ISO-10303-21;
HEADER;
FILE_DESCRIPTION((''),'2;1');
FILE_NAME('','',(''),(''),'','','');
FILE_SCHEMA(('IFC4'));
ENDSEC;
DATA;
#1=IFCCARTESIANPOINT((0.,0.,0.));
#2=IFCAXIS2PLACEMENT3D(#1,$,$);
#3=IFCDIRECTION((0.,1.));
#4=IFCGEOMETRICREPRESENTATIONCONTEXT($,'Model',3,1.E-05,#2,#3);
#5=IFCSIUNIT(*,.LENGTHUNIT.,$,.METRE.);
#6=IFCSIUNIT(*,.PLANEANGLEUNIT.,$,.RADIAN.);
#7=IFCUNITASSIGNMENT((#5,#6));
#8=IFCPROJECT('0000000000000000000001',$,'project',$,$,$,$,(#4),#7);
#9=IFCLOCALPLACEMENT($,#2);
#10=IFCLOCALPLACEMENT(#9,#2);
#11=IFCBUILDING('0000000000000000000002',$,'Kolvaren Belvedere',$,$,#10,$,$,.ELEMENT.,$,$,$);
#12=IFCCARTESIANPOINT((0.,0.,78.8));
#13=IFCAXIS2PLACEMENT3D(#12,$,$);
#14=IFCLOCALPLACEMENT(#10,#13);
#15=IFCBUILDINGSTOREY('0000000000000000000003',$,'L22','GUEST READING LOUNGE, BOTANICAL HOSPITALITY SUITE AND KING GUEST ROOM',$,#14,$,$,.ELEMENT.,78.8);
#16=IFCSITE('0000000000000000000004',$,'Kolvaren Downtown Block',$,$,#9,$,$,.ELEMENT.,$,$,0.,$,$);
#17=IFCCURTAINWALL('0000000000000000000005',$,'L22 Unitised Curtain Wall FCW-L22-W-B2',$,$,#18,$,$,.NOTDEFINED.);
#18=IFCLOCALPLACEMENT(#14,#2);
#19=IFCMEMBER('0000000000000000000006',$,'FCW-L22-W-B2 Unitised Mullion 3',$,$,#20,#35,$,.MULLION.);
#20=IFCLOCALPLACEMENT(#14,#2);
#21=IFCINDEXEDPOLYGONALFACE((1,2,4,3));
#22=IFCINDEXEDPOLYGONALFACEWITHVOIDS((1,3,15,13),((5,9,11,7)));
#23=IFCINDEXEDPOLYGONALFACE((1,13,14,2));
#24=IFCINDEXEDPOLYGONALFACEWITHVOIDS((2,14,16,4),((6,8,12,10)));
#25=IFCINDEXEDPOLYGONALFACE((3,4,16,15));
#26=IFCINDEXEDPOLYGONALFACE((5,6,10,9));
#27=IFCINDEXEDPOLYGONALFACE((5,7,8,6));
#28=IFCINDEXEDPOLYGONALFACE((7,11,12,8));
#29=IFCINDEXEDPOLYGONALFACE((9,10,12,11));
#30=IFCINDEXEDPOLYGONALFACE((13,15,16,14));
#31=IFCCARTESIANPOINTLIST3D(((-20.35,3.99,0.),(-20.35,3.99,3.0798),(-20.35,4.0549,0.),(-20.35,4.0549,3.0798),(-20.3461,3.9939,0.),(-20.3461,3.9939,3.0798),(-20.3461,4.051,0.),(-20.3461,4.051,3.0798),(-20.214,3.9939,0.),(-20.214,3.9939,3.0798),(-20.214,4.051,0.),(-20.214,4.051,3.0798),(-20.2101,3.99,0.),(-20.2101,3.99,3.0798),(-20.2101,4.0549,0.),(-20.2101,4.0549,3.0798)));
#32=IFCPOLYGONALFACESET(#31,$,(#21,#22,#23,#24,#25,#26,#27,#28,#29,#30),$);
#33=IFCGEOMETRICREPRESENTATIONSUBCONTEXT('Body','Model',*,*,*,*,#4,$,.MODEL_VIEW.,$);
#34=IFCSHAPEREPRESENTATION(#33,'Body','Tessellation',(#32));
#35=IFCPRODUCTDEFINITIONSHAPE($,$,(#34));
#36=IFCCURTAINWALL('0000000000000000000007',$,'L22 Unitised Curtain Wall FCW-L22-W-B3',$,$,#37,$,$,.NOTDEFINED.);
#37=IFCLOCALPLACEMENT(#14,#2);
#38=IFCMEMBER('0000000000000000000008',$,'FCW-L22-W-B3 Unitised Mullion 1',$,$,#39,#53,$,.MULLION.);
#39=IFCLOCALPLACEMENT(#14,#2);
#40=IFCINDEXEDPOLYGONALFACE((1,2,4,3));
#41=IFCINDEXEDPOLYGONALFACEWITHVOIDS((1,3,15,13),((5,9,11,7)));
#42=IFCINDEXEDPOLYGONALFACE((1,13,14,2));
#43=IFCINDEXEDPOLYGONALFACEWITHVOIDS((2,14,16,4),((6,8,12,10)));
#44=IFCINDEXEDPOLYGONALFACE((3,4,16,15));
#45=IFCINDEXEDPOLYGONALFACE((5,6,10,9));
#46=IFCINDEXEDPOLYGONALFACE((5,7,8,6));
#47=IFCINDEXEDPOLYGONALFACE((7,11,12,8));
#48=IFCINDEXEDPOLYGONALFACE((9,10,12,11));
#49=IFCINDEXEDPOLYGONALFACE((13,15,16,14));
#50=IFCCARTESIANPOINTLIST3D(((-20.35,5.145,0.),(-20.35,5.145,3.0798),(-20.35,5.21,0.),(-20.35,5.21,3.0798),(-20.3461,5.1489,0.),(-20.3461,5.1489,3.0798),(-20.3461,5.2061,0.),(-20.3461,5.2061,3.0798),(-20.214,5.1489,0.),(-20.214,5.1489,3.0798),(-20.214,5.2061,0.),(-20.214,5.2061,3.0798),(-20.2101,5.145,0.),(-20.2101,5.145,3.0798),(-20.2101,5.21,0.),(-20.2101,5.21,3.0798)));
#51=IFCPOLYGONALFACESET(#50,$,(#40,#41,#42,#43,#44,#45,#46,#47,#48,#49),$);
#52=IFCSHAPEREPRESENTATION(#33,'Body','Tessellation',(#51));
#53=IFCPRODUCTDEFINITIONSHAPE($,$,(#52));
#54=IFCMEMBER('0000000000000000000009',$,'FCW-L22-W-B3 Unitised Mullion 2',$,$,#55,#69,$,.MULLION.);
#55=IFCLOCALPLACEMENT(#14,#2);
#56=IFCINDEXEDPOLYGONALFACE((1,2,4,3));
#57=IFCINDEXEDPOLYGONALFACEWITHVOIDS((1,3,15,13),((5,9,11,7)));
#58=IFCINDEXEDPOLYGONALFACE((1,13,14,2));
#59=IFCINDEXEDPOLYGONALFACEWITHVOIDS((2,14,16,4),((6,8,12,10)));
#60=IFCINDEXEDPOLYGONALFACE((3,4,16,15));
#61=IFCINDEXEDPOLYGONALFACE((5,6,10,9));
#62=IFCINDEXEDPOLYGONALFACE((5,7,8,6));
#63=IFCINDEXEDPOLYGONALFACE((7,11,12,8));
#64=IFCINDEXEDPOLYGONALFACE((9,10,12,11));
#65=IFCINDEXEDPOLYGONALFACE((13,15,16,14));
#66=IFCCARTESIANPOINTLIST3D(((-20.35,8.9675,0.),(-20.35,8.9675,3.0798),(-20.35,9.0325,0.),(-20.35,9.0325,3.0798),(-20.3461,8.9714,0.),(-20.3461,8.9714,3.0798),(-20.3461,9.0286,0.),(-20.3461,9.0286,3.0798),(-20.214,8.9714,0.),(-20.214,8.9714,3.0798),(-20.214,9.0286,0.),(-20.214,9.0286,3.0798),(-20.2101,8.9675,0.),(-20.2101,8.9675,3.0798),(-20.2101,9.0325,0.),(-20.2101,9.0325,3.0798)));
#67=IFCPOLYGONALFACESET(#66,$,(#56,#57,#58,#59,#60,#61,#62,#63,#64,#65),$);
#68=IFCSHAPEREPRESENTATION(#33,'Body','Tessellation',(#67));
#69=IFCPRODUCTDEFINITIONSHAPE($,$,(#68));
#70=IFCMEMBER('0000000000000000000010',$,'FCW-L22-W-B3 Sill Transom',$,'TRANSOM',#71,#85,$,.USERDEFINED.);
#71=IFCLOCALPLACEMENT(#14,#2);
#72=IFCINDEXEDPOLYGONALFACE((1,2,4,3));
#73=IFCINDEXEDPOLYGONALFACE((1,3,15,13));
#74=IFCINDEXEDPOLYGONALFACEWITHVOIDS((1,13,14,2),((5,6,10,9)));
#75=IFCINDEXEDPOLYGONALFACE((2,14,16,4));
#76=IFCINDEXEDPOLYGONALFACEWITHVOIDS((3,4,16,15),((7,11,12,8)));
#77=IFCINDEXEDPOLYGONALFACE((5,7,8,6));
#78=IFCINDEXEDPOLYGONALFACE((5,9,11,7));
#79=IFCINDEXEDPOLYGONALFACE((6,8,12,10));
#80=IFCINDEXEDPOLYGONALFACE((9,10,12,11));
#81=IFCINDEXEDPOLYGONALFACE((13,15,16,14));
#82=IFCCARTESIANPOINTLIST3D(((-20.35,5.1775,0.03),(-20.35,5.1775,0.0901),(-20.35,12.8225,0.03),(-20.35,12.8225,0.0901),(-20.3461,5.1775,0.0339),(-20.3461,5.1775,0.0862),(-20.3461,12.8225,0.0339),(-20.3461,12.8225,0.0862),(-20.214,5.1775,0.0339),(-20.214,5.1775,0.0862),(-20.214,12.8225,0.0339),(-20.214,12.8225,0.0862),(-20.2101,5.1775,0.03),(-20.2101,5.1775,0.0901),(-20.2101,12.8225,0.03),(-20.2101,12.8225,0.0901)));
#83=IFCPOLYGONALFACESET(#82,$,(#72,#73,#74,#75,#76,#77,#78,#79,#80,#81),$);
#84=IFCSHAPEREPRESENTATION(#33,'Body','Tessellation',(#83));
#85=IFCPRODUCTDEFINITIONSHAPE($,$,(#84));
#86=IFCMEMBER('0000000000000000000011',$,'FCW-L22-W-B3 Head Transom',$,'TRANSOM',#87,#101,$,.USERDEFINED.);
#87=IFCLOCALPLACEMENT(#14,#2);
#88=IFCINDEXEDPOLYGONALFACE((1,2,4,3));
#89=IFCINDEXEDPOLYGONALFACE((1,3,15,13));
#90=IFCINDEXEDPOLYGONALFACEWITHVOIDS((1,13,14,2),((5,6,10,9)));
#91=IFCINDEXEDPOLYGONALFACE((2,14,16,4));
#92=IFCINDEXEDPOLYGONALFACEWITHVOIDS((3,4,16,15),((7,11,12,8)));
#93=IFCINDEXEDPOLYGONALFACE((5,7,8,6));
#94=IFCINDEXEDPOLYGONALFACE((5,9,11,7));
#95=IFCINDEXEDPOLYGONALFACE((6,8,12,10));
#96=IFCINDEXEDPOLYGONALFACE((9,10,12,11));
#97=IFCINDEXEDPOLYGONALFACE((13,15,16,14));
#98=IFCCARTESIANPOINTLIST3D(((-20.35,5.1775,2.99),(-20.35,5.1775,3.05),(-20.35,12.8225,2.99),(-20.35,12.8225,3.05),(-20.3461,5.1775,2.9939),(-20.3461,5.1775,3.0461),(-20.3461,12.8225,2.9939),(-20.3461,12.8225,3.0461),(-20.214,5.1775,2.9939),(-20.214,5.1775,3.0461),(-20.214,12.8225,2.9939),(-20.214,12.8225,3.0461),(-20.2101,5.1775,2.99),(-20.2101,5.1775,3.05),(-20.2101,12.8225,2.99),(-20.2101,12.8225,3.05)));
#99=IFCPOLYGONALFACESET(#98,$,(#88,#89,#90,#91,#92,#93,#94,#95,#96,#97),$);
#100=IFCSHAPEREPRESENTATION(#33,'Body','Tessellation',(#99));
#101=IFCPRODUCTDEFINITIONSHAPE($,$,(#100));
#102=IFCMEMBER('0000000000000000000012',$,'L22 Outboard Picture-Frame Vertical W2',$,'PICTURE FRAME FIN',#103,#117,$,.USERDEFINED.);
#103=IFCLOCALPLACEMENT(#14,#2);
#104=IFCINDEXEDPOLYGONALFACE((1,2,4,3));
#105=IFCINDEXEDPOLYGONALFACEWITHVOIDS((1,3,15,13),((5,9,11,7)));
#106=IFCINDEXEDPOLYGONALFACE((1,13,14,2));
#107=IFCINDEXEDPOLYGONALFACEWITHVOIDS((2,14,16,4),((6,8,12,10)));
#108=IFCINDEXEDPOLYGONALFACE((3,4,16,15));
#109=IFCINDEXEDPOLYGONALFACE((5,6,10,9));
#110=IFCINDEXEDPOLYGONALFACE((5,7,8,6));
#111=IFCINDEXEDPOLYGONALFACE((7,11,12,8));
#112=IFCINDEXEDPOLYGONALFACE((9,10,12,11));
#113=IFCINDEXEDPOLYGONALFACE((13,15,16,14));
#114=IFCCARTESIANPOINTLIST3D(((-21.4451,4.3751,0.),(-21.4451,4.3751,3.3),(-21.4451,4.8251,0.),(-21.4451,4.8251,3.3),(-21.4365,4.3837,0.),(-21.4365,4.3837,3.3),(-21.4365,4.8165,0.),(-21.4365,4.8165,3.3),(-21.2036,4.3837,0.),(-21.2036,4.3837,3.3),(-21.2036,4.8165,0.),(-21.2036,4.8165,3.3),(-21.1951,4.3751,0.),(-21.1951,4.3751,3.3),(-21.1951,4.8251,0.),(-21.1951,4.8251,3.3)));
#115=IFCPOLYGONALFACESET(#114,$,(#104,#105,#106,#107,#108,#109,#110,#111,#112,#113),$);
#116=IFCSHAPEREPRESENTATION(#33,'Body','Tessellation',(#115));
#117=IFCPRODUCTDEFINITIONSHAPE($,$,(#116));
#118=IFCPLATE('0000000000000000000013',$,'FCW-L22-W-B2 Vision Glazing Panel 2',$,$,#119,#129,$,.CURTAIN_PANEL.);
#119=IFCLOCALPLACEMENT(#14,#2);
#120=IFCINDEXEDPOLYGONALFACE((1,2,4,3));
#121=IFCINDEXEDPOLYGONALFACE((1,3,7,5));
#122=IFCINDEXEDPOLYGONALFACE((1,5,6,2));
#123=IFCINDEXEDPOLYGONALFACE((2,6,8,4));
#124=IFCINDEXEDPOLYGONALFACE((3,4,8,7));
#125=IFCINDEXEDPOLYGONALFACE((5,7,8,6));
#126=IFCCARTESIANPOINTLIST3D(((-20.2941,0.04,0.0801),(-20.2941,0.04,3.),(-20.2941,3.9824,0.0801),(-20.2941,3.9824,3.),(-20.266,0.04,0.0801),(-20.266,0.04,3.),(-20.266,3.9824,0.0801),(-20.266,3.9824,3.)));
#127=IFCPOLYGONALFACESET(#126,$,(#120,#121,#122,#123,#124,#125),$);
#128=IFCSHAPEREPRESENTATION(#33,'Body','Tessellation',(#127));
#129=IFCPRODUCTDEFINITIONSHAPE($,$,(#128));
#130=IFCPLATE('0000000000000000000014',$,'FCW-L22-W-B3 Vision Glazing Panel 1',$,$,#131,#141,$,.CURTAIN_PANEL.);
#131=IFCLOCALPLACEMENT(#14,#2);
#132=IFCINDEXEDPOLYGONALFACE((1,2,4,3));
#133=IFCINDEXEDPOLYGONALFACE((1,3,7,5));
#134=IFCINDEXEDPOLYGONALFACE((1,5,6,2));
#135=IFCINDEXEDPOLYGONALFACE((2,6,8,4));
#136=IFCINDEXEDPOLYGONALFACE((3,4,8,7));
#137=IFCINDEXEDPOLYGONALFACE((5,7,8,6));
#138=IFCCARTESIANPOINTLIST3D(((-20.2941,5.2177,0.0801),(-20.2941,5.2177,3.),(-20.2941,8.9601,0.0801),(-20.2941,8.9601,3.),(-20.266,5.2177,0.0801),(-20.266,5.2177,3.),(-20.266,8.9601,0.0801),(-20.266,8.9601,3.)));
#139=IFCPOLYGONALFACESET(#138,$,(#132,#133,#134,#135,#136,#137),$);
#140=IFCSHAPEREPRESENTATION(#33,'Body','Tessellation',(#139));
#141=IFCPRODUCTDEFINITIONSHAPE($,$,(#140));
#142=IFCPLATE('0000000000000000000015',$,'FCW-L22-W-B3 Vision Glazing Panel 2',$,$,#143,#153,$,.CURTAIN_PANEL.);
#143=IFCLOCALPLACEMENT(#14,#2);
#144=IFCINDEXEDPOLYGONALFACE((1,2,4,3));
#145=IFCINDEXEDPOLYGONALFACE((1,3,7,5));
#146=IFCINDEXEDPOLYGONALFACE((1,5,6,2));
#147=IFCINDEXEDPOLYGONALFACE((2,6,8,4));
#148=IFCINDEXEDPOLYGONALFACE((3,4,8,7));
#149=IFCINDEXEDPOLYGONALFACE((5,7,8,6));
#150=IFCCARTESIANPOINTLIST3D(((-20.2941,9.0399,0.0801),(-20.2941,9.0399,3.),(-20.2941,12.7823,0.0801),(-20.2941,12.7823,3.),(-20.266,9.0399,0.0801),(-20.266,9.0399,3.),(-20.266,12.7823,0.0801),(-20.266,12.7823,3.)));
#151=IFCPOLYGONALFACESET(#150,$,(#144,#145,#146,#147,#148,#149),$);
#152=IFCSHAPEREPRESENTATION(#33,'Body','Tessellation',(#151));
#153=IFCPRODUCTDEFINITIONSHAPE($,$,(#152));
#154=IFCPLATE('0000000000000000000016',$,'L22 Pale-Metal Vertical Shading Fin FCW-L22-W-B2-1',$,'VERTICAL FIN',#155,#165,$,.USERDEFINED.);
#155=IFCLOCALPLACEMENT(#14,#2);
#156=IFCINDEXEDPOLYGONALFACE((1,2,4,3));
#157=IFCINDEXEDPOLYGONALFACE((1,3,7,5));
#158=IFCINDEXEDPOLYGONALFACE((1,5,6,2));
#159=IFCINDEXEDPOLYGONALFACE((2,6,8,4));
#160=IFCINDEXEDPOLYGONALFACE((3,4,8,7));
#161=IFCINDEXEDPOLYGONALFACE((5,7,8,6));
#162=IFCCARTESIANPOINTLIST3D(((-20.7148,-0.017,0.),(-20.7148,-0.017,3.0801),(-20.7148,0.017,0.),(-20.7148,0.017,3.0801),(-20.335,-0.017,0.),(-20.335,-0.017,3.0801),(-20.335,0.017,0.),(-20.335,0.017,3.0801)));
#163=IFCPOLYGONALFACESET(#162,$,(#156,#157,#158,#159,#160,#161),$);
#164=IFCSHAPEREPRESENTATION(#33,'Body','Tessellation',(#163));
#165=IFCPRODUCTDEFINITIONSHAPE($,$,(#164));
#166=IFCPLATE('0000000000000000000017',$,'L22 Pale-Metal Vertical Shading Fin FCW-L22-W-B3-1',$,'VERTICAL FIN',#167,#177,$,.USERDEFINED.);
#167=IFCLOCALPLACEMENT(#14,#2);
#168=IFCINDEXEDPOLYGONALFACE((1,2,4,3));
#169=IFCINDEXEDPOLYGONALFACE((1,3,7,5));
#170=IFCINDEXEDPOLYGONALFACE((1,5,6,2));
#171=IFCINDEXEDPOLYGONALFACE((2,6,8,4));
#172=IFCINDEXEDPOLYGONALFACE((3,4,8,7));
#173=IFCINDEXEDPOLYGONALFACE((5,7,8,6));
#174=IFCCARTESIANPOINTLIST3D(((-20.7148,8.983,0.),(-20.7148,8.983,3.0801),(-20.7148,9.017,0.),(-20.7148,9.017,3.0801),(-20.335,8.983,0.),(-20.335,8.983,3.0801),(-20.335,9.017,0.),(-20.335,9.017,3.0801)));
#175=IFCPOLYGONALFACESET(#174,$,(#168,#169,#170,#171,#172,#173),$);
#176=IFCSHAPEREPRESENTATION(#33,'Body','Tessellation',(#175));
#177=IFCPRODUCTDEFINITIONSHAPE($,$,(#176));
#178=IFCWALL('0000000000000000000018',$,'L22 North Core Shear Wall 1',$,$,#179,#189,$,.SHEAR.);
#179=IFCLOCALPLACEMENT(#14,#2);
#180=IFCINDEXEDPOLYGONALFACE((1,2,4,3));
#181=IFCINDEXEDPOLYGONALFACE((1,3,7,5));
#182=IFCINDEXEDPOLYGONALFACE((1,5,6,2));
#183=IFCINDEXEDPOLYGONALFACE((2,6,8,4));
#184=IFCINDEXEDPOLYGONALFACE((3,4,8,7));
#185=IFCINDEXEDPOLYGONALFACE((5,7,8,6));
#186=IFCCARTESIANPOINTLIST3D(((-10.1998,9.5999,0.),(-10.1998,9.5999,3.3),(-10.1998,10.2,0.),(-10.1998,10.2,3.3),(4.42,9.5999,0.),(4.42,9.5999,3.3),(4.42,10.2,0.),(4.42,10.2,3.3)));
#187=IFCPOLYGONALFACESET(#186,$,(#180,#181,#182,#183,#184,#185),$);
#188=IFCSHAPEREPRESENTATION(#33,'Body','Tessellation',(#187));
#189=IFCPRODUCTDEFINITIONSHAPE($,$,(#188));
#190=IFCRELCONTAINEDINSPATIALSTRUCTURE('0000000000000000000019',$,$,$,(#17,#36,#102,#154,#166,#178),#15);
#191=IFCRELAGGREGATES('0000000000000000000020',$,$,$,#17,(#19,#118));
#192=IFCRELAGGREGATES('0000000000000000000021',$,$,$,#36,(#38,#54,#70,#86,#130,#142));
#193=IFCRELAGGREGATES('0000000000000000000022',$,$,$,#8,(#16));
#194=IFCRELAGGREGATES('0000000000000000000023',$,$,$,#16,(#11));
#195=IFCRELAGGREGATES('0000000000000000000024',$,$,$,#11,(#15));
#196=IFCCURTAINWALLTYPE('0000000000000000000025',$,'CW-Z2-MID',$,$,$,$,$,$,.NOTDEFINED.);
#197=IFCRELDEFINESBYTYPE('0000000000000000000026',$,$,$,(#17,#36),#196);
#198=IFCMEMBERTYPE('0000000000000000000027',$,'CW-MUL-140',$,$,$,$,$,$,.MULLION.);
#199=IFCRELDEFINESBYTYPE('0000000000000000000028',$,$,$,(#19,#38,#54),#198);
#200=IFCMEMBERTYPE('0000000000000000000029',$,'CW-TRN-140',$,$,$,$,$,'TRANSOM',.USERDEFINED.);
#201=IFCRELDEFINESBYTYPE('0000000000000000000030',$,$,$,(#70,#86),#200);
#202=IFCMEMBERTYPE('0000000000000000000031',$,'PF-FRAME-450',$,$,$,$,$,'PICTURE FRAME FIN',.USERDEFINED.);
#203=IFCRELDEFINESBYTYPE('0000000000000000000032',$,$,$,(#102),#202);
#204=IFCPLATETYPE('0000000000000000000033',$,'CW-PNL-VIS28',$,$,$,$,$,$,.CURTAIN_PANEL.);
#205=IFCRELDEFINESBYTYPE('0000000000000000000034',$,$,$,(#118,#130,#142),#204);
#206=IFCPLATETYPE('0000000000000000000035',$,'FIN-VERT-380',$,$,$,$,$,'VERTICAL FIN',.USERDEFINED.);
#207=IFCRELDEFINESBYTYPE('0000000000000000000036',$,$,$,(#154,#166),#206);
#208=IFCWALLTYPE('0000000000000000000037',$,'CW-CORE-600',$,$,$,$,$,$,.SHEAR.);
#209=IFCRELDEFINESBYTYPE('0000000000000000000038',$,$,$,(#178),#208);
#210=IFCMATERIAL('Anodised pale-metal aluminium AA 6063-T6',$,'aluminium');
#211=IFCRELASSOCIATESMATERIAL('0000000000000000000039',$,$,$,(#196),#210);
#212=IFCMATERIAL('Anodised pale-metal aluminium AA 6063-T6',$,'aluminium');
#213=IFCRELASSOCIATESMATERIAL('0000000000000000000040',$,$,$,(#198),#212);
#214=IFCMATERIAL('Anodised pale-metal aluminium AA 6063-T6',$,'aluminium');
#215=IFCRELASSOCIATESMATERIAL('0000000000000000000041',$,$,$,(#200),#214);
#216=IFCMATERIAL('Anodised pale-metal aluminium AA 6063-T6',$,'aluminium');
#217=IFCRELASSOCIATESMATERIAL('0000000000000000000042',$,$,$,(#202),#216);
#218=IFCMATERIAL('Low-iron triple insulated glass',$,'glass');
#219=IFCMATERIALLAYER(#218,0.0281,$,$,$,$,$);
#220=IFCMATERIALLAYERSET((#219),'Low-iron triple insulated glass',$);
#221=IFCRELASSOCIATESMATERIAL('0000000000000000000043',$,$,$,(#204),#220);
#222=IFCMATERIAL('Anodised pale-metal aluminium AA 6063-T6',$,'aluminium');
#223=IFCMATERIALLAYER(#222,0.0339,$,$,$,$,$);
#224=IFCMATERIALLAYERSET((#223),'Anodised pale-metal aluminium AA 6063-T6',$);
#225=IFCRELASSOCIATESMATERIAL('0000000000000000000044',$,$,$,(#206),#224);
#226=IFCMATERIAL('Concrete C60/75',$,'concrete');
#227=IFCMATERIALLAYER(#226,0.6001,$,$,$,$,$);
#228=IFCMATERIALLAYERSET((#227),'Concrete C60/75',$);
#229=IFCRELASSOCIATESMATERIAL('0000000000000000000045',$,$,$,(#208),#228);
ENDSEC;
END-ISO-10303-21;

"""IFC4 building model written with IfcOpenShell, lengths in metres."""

from ifc_helpers import new_model, si_unit, direction, frame, frame_2d, origin, origin_2d, place, context, subcontext, project, spatial, rectangle, hollow_rectangle, extrude, material, layer, layer_set, material_profile, profile_set, type_object, element, aggregate, save


model = new_model("IFC4")

# Units and contexts
model_context = context("Model", 3, precision=1e-05, world=origin(), true_north=direction((0.0, 1.0)))
body_context = subcontext(model_context, "Body", "Model", "MODEL_VIEW")
ifc_project = project(units=[si_unit("LENGTHUNIT", "METRE"), si_unit("PLANEANGLEUNIT", "RADIAN")], contexts=[model_context])

# Site, building, storey
site_placement = place(None, origin())
site = spatial("IfcSite", under=ifc_project, at=site_placement, Name="Kolvaren Downtown Block", CompositionType="ELEMENT", RefElevation=0.0)
building_placement = place(site_placement, origin())
building = spatial("IfcBuilding", under=site, at=building_placement, Name="Kolvaren Belvedere", CompositionType="ELEMENT")
storey_placement = place(building_placement, frame((0.0, 0.0, 78.8)))
storey = spatial("IfcBuildingStorey", under=building, at=storey_placement, Name="L22", Description="GUEST READING LOUNGE, BOTANICAL HOSPITALITY SUITE AND KING GUEST ROOM", CompositionType="ELEMENT", Elevation=78.8)

# Curtain walls, members
ifc_material_1 = material(Name="Anodised pale-metal aluminium AA 6063-T6", Category="aluminium")
curtain_wall_type = type_object("IfcCurtainWallType", Name="CW-Z2-MID", PredefinedType="NOTDEFINED", material=ifc_material_1)
curtain_wall_1_placement = place(storey_placement, origin())
curtain_wall_1 = element("IfcCurtainWall", 1, at=curtain_wall_1_placement, inside=storey, type_object=curtain_wall_type, Name="L22 Unitised Curtain Wall FCW-L22-W-B2", PredefinedType="NOTDEFINED")
ifc_material_2 = material(Name="Anodised pale-metal aluminium AA 6063-T6", Category="aluminium")
ifc_material_profile_1 = material_profile(ifc_material_2, hollow_rectangle(XDim=0.0649, YDim=0.1399, WallThickness=0.0039, at=origin_2d()), Name="ALU-MUL-140X65")
ifc_profile_set_1 = profile_set([ifc_material_profile_1], Name="Anodised pale-metal aluminium AA 6063-T6")
member_type_1 = type_object("IfcMemberType", Name="CW-MUL-140", PredefinedType="MULLION", material=ifc_profile_set_1)
member_1_placement = place(storey_placement, frame((-20.28, 4.0225, 0.0), z_axis=(0.0, 0.0, 1.0), x_axis=(0.0, 1.0, 0.0)))
member_1 = element("IfcMember", 2, at=member_1_placement, type_object=member_type_1, Name="FCW-L22-W-B2 Unitised Mullion 3", PredefinedType="MULLION", context=body_context, shape_type="SweptSolid", body=[
    extrude(hollow_rectangle(XDim=0.0649, YDim=0.1399, WallThickness=0.0039, at=origin_2d()), origin(), (0.0, 0.0, 1.0), 3.0798),
])
curtain_wall_2_placement = place(storey_placement, origin())
curtain_wall_2 = element("IfcCurtainWall", 3, at=curtain_wall_2_placement, inside=storey, type_object=curtain_wall_type, Name="L22 Unitised Curtain Wall FCW-L22-W-B3", PredefinedType="NOTDEFINED")
member_2_placement = place(storey_placement, frame((-20.28, 5.1775, 0.0), z_axis=(0.0, 0.0, 1.0), x_axis=(0.0, 1.0, 0.0)))
member_2 = element("IfcMember", 4, at=member_2_placement, type_object=member_type_1, Name="FCW-L22-W-B3 Unitised Mullion 1", PredefinedType="MULLION", context=body_context, shape_type="SweptSolid", body=[
    extrude(hollow_rectangle(XDim=0.0649, YDim=0.1399, WallThickness=0.0039, at=origin_2d()), origin(), (0.0, 0.0, 1.0), 3.0798),
])
member_3_placement = place(storey_placement, frame((-20.28, 9.0, 0.0), z_axis=(0.0, 0.0, 1.0), x_axis=(0.0, 1.0, 0.0)))
member_3 = element("IfcMember", 5, at=member_3_placement, type_object=member_type_1, Name="FCW-L22-W-B3 Unitised Mullion 2", PredefinedType="MULLION", context=body_context, shape_type="SweptSolid", body=[
    extrude(hollow_rectangle(XDim=0.0649, YDim=0.1399, WallThickness=0.0039, at=origin_2d()), origin(), (0.0, 0.0, 1.0), 3.0798),
])
ifc_material_3 = material(Name="Anodised pale-metal aluminium AA 6063-T6", Category="aluminium")
ifc_material_profile_2 = material_profile(ifc_material_3, hollow_rectangle(XDim=0.0601, YDim=0.1399, WallThickness=0.0039, at=origin_2d()), Name="ALU-TRN-140X60")
ifc_profile_set_2 = profile_set([ifc_material_profile_2], Name="Anodised pale-metal aluminium AA 6063-T6")
member_type_2 = type_object("IfcMemberType", Name="CW-TRN-140", ElementType="TRANSOM", PredefinedType="USERDEFINED", material=ifc_profile_set_2)
member_4_placement = place(storey_placement, frame((-20.28, 5.1775, 0.0601), z_axis=(0.0, 1.0, 0.0), x_axis=(0.0, 0.0, 1.0)))
member_4 = element("IfcMember", 6, at=member_4_placement, type_object=member_type_2, Name="FCW-L22-W-B3 Sill Transom", ObjectType="TRANSOM", PredefinedType="USERDEFINED", context=body_context, shape_type="SweptSolid", body=[
    extrude(hollow_rectangle(XDim=0.0601, YDim=0.1399, WallThickness=0.0039, at=origin_2d()), origin(), (0.0, 0.0, 1.0), 7.645),
])
member_5_placement = place(storey_placement, frame((-20.28, 5.1775, 3.02), z_axis=(0.0, 1.0, 0.0), x_axis=(0.0, 0.0, 1.0)))
member_5 = element("IfcMember", 7, at=member_5_placement, type_object=member_type_2, Name="FCW-L22-W-B3 Head Transom", ObjectType="TRANSOM", PredefinedType="USERDEFINED", context=body_context, shape_type="SweptSolid", body=[
    extrude(hollow_rectangle(XDim=0.0601, YDim=0.1399, WallThickness=0.0039, at=origin_2d()), origin(), (0.0, 0.0, 1.0), 7.645),
])

# Member
ifc_material_4 = material(Name="Anodised pale-metal aluminium AA 6063-T6", Category="aluminium")
ifc_material_profile_3 = material_profile(ifc_material_4, hollow_rectangle(XDim=0.25, YDim=0.45, WallThickness=0.0085, at=origin_2d()), Name="ALU-PF-450X250")
ifc_profile_set_3 = profile_set([ifc_material_profile_3], Name="Anodised pale-metal aluminium AA 6063-T6")
member_type_3 = type_object("IfcMemberType", Name="PF-FRAME-450", ElementType="PICTURE FRAME FIN", PredefinedType="USERDEFINED", material=ifc_profile_set_3)
member_6_placement = place(storey_placement, frame((-21.3201, 4.6001, 0.0), z_axis=(0.0, 0.0, 1.0), x_axis=(1.0, 0.0, 0.0)))
element("IfcMember", 8, at=member_6_placement, inside=storey, type_object=member_type_3, Name="L22 Outboard Picture-Frame Vertical W2", ObjectType="PICTURE FRAME FIN", PredefinedType="USERDEFINED", context=body_context, shape_type="SweptSolid", body=[
    extrude(hollow_rectangle(XDim=0.25, YDim=0.45, WallThickness=0.0085, at=origin_2d()), origin(), (0.0, 0.0, 1.0), 3.3),
])

# Plates
ifc_material_5 = material(Name="Low-iron triple insulated glass", Category="glass")
ifc_layer_1 = layer(ifc_material_5, 0.0281)
ifc_layer_set_1 = layer_set([ifc_layer_1], Name="Low-iron triple insulated glass")
plate_type_1 = type_object("IfcPlateType", Name="CW-PNL-VIS28", PredefinedType="CURTAIN_PANEL", material=ifc_layer_set_1)
plate_1_placement = place(storey_placement, frame((-20.28, 2.0112, 0.0801), z_axis=(0.0, 0.0, 1.0), x_axis=(0.0, 1.0, 0.0)))
plate_1 = element("IfcPlate", 9, at=plate_1_placement, type_object=plate_type_1, Name="FCW-L22-W-B2 Vision Glazing Panel 2", PredefinedType="CURTAIN_PANEL", context=body_context, shape_type="SweptSolid", body=[
    extrude(rectangle(XDim=3.9424, YDim=0.0281, at=origin_2d()), origin(), (0.0, 0.0, 1.0), 2.9199),
])
aggregate(curtain_wall_1, [member_1, plate_1])
plate_2_placement = place(storey_placement, frame((-20.28, 7.0889, 0.0801), z_axis=(0.0, 0.0, 1.0), x_axis=(0.0, 1.0, 0.0)))
plate_2 = element("IfcPlate", 10, at=plate_2_placement, type_object=plate_type_1, Name="FCW-L22-W-B3 Vision Glazing Panel 1", PredefinedType="CURTAIN_PANEL", context=body_context, shape_type="SweptSolid", body=[
    extrude(rectangle(XDim=3.7424, YDim=0.0281, at=origin_2d()), origin(), (0.0, 0.0, 1.0), 2.9199),
])
plate_3_placement = place(storey_placement, frame((-20.28, 10.9111, 0.0801), z_axis=(0.0, 0.0, 1.0), x_axis=(0.0, 1.0, 0.0)))
plate_3 = element("IfcPlate", 11, at=plate_3_placement, type_object=plate_type_1, Name="FCW-L22-W-B3 Vision Glazing Panel 2", PredefinedType="CURTAIN_PANEL", context=body_context, shape_type="SweptSolid", body=[
    extrude(rectangle(XDim=3.7424, YDim=0.0281, at=origin_2d()), origin(), (0.0, 0.0, 1.0), 2.9199),
])
aggregate(curtain_wall_2, [member_2, member_3, member_4, member_5, plate_2, plate_3])

# Plates
ifc_material_6 = material(Name="Anodised pale-metal aluminium AA 6063-T6", Category="aluminium")
ifc_layer_2 = layer(ifc_material_6, 0.0339)
ifc_layer_set_2 = layer_set([ifc_layer_2], Name="Anodised pale-metal aluminium AA 6063-T6")
plate_type_2 = type_object("IfcPlateType", Name="FIN-VERT-380", ElementType="VERTICAL FIN", PredefinedType="USERDEFINED", material=ifc_layer_set_2)
for number, where, z_axis, x_axis, name in (
    (12, (-20.5249, 0.0, 0.0), (0.0, 0.0, 1.0), (1.0, 0.0, 0.0), "L22 Pale-Metal Vertical Shading Fin FCW-L22-W-B2-1"),
    (13, (-20.5249, 9.0, 0.0), (0.0, 0.0, 1.0), (1.0, 0.0, 0.0), "L22 Pale-Metal Vertical Shading Fin FCW-L22-W-B3-1"),
):
    element("IfcPlate", number, at=place(storey_placement, frame(where, z_axis=z_axis, x_axis=x_axis)), inside=storey, type_object=plate_type_2, Name=name, ObjectType="VERTICAL FIN", PredefinedType="USERDEFINED", context=body_context, shape_type="SweptSolid", body=[
        extrude(rectangle(XDim=0.3799, YDim=0.0339, at=origin_2d()), origin(), (0.0, 0.0, 1.0), 3.0801),
    ])

# Wall
ifc_material_7 = material(Name="Concrete C60/75", Category="concrete")
ifc_layer_3 = layer(ifc_material_7, 0.6001)
ifc_layer_set_3 = layer_set([ifc_layer_3], Name="Concrete C60/75")
wall_type_1 = type_object("IfcWallType", Name="CW-CORE-600", PredefinedType="SHEAR", material=ifc_layer_set_3)
wall_1_placement = place(storey_placement, frame((-10.2, 9.8999, 0.0), z_axis=(0.0, 0.0, 1.0), x_axis=(1.0, 0.0, 0.0)))
element("IfcWall", 14, at=wall_1_placement, inside=storey, type_object=wall_type_1, Name="L22 North Core Shear Wall 1", PredefinedType="SHEAR", context=body_context, shape_type="SweptSolid", body=[
    extrude(rectangle(XDim=14.6199, YDim=0.6001, at=frame_2d((7.3101, 0.0))), origin(), (0.0, 0.0, 1.0), 3.3),
])

save(model, "model.ifc")
